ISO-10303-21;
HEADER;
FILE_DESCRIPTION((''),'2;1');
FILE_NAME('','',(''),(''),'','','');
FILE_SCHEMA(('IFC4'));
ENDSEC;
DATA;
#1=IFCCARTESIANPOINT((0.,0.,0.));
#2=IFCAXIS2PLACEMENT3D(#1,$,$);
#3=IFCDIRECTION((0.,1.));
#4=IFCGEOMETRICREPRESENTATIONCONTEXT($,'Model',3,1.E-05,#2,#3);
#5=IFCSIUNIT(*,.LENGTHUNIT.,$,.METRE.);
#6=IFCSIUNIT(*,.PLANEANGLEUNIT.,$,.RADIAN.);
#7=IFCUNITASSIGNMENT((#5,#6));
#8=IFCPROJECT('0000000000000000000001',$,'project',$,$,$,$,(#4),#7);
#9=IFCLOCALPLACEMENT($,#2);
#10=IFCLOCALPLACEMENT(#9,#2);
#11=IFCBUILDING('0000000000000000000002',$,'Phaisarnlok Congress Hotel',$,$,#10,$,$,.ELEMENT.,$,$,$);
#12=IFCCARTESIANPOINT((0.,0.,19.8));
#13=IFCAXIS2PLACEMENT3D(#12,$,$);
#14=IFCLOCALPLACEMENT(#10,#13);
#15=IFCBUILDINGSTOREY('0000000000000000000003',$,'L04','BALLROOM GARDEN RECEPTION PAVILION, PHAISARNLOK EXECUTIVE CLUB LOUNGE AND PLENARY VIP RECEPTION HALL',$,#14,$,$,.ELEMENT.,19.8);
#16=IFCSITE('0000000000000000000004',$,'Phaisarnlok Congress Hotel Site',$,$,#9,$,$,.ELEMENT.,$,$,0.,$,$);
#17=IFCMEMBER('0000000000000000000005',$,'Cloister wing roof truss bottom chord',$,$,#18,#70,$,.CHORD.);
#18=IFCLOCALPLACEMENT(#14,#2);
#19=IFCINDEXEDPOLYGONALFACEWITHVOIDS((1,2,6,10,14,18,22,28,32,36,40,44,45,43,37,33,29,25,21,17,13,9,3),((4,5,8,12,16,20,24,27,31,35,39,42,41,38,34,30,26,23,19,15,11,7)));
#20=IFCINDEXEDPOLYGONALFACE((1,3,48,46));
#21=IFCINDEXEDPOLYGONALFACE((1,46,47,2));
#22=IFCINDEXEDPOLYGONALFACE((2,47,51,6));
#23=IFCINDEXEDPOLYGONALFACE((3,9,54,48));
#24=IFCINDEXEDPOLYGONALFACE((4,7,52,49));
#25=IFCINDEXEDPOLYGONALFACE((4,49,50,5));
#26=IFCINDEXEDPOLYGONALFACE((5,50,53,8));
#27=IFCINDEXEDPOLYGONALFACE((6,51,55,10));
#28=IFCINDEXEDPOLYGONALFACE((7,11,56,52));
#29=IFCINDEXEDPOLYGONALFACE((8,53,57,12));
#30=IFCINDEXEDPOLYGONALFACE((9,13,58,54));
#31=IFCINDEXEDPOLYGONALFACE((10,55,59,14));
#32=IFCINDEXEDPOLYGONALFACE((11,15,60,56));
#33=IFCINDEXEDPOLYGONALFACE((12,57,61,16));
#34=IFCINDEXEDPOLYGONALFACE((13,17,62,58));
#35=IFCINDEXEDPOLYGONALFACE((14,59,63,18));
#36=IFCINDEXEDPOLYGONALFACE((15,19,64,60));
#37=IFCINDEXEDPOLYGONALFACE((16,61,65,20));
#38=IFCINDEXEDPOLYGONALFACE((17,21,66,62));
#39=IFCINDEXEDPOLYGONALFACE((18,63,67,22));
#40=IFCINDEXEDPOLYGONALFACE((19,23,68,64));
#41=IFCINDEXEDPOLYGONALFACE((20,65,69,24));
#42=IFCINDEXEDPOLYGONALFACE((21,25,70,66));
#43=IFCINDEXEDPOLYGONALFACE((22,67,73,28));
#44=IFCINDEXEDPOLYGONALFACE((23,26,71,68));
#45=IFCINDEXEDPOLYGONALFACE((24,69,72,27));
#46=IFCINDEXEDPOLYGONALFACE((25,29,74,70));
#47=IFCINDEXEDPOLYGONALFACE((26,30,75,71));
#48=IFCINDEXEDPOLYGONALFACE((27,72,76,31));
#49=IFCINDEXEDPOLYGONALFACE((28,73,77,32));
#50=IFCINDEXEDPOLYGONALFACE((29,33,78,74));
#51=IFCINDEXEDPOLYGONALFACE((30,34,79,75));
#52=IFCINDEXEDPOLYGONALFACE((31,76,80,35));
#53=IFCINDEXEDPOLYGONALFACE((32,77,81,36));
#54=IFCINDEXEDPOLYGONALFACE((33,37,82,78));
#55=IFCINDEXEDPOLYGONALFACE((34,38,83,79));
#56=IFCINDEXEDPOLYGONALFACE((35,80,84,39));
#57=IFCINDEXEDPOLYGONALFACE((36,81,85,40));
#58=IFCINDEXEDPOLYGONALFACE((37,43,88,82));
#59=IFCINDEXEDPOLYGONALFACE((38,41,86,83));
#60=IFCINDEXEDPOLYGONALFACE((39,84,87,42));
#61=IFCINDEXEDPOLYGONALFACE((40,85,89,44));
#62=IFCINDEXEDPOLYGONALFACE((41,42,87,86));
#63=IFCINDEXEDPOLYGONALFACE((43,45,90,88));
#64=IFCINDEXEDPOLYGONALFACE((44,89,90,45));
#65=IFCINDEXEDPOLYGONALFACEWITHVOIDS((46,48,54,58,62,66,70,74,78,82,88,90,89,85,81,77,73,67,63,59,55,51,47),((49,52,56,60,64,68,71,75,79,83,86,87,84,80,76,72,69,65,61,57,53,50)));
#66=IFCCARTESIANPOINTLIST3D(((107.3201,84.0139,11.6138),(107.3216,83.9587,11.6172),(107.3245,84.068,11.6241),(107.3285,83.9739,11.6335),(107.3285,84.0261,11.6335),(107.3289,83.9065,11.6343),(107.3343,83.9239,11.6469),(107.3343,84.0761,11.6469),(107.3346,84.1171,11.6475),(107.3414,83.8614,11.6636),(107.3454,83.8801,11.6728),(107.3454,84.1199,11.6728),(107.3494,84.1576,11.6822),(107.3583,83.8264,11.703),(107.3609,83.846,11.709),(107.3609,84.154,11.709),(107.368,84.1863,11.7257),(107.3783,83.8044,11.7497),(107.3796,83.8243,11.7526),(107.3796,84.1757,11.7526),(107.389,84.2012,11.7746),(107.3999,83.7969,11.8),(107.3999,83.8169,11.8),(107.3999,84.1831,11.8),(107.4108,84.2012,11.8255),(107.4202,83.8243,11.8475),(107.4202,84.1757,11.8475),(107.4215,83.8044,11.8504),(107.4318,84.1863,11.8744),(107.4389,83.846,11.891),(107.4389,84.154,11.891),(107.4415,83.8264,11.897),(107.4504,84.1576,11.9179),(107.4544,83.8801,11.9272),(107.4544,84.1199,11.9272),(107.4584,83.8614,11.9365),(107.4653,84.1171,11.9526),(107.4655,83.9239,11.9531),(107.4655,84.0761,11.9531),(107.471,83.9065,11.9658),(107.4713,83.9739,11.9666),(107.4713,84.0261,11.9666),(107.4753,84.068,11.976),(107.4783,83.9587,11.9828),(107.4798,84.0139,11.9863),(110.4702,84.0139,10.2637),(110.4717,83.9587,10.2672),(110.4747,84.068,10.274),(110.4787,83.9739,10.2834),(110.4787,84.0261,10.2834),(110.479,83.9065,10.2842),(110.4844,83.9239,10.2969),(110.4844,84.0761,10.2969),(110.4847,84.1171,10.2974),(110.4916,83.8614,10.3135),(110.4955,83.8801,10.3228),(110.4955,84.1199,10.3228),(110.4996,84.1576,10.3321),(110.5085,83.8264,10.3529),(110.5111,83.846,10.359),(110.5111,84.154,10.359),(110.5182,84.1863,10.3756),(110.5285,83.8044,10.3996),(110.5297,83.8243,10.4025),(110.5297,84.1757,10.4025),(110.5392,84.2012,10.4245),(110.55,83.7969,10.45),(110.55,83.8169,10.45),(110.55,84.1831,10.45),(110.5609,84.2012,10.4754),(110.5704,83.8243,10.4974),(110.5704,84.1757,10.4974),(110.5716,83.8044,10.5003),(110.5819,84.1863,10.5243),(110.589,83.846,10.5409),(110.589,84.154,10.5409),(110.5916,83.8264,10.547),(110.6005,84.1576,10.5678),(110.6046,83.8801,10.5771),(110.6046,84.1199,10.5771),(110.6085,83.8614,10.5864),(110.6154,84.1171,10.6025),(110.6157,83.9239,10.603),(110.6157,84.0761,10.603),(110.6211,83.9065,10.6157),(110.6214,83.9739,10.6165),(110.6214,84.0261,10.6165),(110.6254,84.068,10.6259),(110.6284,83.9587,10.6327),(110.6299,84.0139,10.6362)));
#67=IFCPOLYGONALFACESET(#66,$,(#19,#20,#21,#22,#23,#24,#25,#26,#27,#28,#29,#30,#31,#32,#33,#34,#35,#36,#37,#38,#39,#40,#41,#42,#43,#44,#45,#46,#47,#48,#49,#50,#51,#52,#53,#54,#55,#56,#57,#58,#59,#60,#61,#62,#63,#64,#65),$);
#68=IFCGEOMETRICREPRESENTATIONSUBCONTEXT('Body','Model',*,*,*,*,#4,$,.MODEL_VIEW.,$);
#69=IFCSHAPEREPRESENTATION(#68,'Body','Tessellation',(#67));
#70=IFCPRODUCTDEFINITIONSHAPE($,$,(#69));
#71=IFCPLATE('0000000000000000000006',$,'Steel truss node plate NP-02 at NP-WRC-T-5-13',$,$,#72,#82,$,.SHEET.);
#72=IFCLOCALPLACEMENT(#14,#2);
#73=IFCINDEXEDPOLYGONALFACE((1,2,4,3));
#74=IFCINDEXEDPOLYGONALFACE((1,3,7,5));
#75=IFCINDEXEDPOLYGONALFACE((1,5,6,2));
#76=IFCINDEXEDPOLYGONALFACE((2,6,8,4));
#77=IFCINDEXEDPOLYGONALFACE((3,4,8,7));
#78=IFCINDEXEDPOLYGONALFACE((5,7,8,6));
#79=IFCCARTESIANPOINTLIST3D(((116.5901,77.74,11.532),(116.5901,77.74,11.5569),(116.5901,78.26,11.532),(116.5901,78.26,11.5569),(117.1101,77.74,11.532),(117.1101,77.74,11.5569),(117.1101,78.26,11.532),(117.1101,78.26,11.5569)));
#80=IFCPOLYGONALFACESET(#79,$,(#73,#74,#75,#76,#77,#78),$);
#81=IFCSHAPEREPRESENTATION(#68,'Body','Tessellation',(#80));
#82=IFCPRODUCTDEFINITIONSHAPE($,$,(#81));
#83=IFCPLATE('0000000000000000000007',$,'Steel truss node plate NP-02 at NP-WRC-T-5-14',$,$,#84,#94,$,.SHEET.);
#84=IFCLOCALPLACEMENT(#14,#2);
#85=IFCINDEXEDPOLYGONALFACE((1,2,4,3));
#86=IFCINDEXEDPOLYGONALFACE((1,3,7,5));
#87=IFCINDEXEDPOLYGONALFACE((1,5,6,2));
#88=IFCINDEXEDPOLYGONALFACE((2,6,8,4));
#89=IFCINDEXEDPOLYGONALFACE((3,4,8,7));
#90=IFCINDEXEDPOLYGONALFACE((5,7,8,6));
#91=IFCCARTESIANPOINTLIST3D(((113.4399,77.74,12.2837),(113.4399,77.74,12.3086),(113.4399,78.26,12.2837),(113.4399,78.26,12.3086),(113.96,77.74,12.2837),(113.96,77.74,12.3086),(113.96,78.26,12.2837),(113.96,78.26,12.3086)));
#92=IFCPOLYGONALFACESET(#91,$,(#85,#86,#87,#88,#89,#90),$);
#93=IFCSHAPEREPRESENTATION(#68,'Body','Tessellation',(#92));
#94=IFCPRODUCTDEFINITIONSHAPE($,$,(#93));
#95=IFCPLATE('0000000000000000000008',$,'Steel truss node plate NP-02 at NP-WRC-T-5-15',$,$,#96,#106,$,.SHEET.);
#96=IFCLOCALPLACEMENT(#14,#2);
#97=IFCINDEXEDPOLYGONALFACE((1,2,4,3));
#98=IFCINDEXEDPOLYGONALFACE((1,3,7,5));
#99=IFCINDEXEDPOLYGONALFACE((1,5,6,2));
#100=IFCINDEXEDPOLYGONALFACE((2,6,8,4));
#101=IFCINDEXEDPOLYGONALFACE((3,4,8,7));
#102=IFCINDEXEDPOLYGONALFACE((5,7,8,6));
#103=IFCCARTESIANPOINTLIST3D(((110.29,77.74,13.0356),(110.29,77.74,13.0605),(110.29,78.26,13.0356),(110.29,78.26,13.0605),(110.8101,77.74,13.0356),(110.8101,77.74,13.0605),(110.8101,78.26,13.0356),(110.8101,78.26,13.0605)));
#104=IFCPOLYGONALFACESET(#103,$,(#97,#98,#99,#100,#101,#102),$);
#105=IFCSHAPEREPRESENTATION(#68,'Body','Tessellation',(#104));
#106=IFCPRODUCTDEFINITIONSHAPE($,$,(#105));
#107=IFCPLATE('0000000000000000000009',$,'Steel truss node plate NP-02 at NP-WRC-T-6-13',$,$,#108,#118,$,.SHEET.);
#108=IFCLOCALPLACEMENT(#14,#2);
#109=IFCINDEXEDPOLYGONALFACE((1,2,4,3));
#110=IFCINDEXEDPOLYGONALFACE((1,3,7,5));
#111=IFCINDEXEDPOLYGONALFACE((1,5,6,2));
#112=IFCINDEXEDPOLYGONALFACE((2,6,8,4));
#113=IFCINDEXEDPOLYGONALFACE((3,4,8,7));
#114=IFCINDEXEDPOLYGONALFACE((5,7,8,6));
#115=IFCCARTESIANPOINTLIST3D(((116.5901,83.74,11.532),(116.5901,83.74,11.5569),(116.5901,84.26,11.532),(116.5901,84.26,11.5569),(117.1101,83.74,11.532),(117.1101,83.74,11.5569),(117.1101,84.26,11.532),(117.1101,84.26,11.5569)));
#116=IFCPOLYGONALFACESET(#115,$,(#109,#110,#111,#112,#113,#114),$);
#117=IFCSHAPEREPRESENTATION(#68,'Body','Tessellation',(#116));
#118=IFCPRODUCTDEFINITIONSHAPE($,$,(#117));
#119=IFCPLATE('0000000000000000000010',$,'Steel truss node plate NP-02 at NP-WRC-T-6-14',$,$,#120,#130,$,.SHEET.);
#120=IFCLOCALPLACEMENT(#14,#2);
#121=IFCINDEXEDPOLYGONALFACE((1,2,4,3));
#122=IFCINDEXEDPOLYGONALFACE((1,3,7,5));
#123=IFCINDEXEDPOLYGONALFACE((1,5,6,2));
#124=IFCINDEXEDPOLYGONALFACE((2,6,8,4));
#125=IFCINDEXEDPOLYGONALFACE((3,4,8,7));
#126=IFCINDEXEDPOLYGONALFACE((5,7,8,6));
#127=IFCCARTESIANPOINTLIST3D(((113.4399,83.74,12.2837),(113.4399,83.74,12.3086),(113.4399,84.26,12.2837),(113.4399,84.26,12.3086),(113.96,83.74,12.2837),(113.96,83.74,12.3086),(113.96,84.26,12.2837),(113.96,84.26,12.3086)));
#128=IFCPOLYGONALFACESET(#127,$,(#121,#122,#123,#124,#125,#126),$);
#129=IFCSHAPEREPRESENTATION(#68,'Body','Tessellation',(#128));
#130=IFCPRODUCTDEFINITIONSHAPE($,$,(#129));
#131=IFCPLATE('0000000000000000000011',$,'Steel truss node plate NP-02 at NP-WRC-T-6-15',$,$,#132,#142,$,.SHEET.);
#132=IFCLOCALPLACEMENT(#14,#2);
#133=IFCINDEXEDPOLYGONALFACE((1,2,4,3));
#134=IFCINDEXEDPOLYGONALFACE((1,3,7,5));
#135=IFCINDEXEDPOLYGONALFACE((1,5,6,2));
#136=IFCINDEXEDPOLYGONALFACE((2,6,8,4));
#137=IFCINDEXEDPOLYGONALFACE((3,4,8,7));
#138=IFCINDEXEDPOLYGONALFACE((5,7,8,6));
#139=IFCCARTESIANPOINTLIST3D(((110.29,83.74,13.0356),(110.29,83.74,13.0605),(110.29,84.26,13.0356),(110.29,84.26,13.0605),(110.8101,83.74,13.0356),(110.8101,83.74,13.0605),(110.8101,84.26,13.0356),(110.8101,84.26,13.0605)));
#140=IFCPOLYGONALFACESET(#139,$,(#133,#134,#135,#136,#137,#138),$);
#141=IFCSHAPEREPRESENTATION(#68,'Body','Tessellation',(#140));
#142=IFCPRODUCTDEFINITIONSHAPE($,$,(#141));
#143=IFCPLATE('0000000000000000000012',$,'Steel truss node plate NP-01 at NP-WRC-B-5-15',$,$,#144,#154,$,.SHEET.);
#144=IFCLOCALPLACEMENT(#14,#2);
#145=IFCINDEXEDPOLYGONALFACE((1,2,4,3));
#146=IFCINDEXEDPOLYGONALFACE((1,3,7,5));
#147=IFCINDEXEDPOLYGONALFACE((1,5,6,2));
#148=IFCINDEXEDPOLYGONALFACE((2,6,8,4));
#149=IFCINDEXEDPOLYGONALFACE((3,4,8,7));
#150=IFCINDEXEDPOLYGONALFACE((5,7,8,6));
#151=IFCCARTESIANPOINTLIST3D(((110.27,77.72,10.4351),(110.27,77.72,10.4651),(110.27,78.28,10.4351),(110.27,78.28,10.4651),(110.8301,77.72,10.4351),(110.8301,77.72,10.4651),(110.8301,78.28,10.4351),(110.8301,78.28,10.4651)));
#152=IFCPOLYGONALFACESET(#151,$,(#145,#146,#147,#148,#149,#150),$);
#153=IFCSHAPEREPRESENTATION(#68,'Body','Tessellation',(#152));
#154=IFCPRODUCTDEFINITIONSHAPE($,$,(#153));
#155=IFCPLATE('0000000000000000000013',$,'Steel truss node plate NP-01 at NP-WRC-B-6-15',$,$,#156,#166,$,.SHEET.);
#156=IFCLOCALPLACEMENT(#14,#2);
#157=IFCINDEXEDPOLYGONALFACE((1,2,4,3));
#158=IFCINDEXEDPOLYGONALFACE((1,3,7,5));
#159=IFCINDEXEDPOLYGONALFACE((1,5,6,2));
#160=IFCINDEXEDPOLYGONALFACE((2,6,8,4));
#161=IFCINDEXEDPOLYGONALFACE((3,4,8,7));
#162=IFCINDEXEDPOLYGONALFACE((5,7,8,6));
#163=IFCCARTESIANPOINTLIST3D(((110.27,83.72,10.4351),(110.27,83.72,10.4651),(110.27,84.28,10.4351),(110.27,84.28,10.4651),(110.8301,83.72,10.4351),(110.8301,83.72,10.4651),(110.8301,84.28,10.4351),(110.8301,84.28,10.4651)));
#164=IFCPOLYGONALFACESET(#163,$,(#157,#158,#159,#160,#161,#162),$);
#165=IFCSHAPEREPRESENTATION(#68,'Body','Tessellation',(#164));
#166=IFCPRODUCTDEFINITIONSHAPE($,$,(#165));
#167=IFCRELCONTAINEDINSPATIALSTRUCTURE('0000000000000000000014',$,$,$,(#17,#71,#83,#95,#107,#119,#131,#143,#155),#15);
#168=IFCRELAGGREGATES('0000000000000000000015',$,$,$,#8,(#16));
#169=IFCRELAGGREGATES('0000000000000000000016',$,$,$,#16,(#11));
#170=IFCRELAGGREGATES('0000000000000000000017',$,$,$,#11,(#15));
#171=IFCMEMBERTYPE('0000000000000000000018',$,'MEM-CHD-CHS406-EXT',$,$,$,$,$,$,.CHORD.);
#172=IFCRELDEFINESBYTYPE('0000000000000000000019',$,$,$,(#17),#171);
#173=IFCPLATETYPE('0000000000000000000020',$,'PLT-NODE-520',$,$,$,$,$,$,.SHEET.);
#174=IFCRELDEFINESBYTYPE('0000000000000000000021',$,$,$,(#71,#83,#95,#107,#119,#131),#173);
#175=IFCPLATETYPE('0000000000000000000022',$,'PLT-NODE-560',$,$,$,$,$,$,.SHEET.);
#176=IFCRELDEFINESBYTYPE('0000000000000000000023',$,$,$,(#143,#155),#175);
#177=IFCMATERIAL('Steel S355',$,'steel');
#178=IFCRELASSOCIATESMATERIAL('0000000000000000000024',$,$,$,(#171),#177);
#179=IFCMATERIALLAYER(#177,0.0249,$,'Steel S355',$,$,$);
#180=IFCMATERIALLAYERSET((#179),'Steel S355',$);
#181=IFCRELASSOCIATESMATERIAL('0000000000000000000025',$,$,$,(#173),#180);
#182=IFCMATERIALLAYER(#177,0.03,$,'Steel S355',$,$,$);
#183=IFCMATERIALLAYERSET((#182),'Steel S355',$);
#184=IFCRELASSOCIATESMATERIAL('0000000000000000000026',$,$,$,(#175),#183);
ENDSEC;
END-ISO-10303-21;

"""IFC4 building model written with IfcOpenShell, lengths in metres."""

from ifc_helpers import new_model, si_unit, direction, frame, origin, origin_2d, place, context, subcontext, project, spatial, rectangle, hollow_circle, extrude, material, layer, layer_set, material_profile, profile_set, type_object, element, save


model = new_model("IFC4")

# Units and contexts
model_context = context("Model", 3, precision=1e-05, world=origin(), true_north=direction((0.0, 1.0)))
body_context = subcontext(model_context, "Body", "Model", "MODEL_VIEW")
ifc_project = project(units=[si_unit("LENGTHUNIT", "METRE"), si_unit("PLANEANGLEUNIT", "RADIAN")], contexts=[model_context])

# Site, building, storey
site_placement = place(None, origin())
site = spatial("IfcSite", under=ifc_project, at=site_placement, Name="Phaisarnlok Congress Hotel Site", CompositionType="ELEMENT", RefElevation=0.0)
building_placement = place(site_placement, origin())
building = spatial("IfcBuilding", under=site, at=building_placement, Name="Phaisarnlok Congress Hotel", CompositionType="ELEMENT")
storey_placement = place(building_placement, frame((0.0, 0.0, 19.8)))
storey = spatial("IfcBuildingStorey", under=building, at=storey_placement, Name="L04", Description="BALLROOM GARDEN RECEPTION PAVILION, PHAISARNLOK EXECUTIVE CLUB LOUNGE AND PLENARY VIP RECEPTION HALL", CompositionType="ELEMENT", Elevation=19.8)

# Shared definitions
ifc_material_1 = material(Name="Steel S355", Category="steel")

# Member
ifc_material_profile_1 = material_profile(ifc_material_1, hollow_circle(Radius=0.2031, WallThickness=0.02, at=origin_2d()), Name="CHS 406.4x20")
ifc_profile_set_1 = profile_set([ifc_material_profile_1], Name="Steel S355")
member_type_1 = type_object("IfcMemberType", Name="MEM-CHD-CHS406-EXT", PredefinedType="CHORD", material=ifc_profile_set_1)
member_1_placement = place(storey_placement, frame((110.55, 84.0, 10.45), z_axis=(-0.919141, 0.0, 0.393928), x_axis=(0.0, -1.0, 0.0)))
element("IfcMember", 1, at=member_1_placement, inside=storey, type_object=member_type_1, Name="Cloister wing roof truss bottom chord", PredefinedType="CHORD", context=body_context, shape_type="SweptSolid", body=[
    extrude(hollow_circle(Radius=0.2031, WallThickness=0.02, at=origin_2d()), origin(), (0.0, 0.0, 1.0), 3.4272),
])

# Plates
ifc_layer_1 = layer(ifc_material_1, 0.0249, Name="Steel S355")
ifc_layer_set_1 = layer_set([ifc_layer_1], Name="Steel S355")
plate_type_1 = type_object("IfcPlateType", Name="PLT-NODE-520", PredefinedType="SHEET", material=ifc_layer_set_1)
for number, where, z_axis, x_axis, name in (
    (2, (116.8501, 78.0, 11.532), (0.0, 0.0, 1.0), (1.0, 0.0, 0.0), "Steel truss node plate NP-02 at NP-WRC-T-5-13"),
    (3, (113.7, 78.0, 12.2837), (0.0, 0.0, 1.0), (1.0, 0.0, 0.0), "Steel truss node plate NP-02 at NP-WRC-T-5-14"),
    (4, (110.55, 78.0, 13.0356), (0.0, 0.0, 1.0), (1.0, 0.0, 0.0), "Steel truss node plate NP-02 at NP-WRC-T-5-15"),
    (5, (116.8501, 84.0, 11.532), (0.0, 0.0, 1.0), (1.0, 0.0, 0.0), "Steel truss node plate NP-02 at NP-WRC-T-6-13"),
    (6, (113.7, 84.0, 12.2837), (0.0, 0.0, 1.0), (1.0, 0.0, 0.0), "Steel truss node plate NP-02 at NP-WRC-T-6-14"),
    (7, (110.55, 84.0, 13.0356), (0.0, 0.0, 1.0), (1.0, 0.0, 0.0), "Steel truss node plate NP-02 at NP-WRC-T-6-15"),
):
    element("IfcPlate", number, at=place(storey_placement, frame(where, z_axis=z_axis, x_axis=x_axis)), inside=storey, type_object=plate_type_1, Name=name, PredefinedType="SHEET", context=body_context, shape_type="SweptSolid", body=[
        extrude(rectangle(XDim=0.52, YDim=0.52, at=origin_2d()), origin(), (0.0, 0.0, 1.0), 0.0249),
    ])
ifc_layer_2 = layer(ifc_material_1, 0.03, Name="Steel S355")
ifc_layer_set_2 = layer_set([ifc_layer_2], Name="Steel S355")
plate_type_2 = type_object("IfcPlateType", Name="PLT-NODE-560", PredefinedType="SHEET", material=ifc_layer_set_2)
for number, where, z_axis, x_axis, name in (
    (8, (110.55, 78.0, 10.4351), (0.0, 0.0, 1.0), (1.0, 0.0, 0.0), "Steel truss node plate NP-01 at NP-WRC-B-5-15"),
    (9, (110.55, 84.0, 10.4351), (0.0, 0.0, 1.0), (1.0, 0.0, 0.0), "Steel truss node plate NP-01 at NP-WRC-B-6-15"),
):
    element("IfcPlate", number, at=place(storey_placement, frame(where, z_axis=z_axis, x_axis=x_axis)), inside=storey, type_object=plate_type_2, Name=name, PredefinedType="SHEET", context=body_context, shape_type="SweptSolid", body=[
        extrude(rectangle(XDim=0.5601, YDim=0.5601, at=origin_2d()), origin(), (0.0, 0.0, 1.0), 0.03),
    ])

save(model, "model.ifc")
